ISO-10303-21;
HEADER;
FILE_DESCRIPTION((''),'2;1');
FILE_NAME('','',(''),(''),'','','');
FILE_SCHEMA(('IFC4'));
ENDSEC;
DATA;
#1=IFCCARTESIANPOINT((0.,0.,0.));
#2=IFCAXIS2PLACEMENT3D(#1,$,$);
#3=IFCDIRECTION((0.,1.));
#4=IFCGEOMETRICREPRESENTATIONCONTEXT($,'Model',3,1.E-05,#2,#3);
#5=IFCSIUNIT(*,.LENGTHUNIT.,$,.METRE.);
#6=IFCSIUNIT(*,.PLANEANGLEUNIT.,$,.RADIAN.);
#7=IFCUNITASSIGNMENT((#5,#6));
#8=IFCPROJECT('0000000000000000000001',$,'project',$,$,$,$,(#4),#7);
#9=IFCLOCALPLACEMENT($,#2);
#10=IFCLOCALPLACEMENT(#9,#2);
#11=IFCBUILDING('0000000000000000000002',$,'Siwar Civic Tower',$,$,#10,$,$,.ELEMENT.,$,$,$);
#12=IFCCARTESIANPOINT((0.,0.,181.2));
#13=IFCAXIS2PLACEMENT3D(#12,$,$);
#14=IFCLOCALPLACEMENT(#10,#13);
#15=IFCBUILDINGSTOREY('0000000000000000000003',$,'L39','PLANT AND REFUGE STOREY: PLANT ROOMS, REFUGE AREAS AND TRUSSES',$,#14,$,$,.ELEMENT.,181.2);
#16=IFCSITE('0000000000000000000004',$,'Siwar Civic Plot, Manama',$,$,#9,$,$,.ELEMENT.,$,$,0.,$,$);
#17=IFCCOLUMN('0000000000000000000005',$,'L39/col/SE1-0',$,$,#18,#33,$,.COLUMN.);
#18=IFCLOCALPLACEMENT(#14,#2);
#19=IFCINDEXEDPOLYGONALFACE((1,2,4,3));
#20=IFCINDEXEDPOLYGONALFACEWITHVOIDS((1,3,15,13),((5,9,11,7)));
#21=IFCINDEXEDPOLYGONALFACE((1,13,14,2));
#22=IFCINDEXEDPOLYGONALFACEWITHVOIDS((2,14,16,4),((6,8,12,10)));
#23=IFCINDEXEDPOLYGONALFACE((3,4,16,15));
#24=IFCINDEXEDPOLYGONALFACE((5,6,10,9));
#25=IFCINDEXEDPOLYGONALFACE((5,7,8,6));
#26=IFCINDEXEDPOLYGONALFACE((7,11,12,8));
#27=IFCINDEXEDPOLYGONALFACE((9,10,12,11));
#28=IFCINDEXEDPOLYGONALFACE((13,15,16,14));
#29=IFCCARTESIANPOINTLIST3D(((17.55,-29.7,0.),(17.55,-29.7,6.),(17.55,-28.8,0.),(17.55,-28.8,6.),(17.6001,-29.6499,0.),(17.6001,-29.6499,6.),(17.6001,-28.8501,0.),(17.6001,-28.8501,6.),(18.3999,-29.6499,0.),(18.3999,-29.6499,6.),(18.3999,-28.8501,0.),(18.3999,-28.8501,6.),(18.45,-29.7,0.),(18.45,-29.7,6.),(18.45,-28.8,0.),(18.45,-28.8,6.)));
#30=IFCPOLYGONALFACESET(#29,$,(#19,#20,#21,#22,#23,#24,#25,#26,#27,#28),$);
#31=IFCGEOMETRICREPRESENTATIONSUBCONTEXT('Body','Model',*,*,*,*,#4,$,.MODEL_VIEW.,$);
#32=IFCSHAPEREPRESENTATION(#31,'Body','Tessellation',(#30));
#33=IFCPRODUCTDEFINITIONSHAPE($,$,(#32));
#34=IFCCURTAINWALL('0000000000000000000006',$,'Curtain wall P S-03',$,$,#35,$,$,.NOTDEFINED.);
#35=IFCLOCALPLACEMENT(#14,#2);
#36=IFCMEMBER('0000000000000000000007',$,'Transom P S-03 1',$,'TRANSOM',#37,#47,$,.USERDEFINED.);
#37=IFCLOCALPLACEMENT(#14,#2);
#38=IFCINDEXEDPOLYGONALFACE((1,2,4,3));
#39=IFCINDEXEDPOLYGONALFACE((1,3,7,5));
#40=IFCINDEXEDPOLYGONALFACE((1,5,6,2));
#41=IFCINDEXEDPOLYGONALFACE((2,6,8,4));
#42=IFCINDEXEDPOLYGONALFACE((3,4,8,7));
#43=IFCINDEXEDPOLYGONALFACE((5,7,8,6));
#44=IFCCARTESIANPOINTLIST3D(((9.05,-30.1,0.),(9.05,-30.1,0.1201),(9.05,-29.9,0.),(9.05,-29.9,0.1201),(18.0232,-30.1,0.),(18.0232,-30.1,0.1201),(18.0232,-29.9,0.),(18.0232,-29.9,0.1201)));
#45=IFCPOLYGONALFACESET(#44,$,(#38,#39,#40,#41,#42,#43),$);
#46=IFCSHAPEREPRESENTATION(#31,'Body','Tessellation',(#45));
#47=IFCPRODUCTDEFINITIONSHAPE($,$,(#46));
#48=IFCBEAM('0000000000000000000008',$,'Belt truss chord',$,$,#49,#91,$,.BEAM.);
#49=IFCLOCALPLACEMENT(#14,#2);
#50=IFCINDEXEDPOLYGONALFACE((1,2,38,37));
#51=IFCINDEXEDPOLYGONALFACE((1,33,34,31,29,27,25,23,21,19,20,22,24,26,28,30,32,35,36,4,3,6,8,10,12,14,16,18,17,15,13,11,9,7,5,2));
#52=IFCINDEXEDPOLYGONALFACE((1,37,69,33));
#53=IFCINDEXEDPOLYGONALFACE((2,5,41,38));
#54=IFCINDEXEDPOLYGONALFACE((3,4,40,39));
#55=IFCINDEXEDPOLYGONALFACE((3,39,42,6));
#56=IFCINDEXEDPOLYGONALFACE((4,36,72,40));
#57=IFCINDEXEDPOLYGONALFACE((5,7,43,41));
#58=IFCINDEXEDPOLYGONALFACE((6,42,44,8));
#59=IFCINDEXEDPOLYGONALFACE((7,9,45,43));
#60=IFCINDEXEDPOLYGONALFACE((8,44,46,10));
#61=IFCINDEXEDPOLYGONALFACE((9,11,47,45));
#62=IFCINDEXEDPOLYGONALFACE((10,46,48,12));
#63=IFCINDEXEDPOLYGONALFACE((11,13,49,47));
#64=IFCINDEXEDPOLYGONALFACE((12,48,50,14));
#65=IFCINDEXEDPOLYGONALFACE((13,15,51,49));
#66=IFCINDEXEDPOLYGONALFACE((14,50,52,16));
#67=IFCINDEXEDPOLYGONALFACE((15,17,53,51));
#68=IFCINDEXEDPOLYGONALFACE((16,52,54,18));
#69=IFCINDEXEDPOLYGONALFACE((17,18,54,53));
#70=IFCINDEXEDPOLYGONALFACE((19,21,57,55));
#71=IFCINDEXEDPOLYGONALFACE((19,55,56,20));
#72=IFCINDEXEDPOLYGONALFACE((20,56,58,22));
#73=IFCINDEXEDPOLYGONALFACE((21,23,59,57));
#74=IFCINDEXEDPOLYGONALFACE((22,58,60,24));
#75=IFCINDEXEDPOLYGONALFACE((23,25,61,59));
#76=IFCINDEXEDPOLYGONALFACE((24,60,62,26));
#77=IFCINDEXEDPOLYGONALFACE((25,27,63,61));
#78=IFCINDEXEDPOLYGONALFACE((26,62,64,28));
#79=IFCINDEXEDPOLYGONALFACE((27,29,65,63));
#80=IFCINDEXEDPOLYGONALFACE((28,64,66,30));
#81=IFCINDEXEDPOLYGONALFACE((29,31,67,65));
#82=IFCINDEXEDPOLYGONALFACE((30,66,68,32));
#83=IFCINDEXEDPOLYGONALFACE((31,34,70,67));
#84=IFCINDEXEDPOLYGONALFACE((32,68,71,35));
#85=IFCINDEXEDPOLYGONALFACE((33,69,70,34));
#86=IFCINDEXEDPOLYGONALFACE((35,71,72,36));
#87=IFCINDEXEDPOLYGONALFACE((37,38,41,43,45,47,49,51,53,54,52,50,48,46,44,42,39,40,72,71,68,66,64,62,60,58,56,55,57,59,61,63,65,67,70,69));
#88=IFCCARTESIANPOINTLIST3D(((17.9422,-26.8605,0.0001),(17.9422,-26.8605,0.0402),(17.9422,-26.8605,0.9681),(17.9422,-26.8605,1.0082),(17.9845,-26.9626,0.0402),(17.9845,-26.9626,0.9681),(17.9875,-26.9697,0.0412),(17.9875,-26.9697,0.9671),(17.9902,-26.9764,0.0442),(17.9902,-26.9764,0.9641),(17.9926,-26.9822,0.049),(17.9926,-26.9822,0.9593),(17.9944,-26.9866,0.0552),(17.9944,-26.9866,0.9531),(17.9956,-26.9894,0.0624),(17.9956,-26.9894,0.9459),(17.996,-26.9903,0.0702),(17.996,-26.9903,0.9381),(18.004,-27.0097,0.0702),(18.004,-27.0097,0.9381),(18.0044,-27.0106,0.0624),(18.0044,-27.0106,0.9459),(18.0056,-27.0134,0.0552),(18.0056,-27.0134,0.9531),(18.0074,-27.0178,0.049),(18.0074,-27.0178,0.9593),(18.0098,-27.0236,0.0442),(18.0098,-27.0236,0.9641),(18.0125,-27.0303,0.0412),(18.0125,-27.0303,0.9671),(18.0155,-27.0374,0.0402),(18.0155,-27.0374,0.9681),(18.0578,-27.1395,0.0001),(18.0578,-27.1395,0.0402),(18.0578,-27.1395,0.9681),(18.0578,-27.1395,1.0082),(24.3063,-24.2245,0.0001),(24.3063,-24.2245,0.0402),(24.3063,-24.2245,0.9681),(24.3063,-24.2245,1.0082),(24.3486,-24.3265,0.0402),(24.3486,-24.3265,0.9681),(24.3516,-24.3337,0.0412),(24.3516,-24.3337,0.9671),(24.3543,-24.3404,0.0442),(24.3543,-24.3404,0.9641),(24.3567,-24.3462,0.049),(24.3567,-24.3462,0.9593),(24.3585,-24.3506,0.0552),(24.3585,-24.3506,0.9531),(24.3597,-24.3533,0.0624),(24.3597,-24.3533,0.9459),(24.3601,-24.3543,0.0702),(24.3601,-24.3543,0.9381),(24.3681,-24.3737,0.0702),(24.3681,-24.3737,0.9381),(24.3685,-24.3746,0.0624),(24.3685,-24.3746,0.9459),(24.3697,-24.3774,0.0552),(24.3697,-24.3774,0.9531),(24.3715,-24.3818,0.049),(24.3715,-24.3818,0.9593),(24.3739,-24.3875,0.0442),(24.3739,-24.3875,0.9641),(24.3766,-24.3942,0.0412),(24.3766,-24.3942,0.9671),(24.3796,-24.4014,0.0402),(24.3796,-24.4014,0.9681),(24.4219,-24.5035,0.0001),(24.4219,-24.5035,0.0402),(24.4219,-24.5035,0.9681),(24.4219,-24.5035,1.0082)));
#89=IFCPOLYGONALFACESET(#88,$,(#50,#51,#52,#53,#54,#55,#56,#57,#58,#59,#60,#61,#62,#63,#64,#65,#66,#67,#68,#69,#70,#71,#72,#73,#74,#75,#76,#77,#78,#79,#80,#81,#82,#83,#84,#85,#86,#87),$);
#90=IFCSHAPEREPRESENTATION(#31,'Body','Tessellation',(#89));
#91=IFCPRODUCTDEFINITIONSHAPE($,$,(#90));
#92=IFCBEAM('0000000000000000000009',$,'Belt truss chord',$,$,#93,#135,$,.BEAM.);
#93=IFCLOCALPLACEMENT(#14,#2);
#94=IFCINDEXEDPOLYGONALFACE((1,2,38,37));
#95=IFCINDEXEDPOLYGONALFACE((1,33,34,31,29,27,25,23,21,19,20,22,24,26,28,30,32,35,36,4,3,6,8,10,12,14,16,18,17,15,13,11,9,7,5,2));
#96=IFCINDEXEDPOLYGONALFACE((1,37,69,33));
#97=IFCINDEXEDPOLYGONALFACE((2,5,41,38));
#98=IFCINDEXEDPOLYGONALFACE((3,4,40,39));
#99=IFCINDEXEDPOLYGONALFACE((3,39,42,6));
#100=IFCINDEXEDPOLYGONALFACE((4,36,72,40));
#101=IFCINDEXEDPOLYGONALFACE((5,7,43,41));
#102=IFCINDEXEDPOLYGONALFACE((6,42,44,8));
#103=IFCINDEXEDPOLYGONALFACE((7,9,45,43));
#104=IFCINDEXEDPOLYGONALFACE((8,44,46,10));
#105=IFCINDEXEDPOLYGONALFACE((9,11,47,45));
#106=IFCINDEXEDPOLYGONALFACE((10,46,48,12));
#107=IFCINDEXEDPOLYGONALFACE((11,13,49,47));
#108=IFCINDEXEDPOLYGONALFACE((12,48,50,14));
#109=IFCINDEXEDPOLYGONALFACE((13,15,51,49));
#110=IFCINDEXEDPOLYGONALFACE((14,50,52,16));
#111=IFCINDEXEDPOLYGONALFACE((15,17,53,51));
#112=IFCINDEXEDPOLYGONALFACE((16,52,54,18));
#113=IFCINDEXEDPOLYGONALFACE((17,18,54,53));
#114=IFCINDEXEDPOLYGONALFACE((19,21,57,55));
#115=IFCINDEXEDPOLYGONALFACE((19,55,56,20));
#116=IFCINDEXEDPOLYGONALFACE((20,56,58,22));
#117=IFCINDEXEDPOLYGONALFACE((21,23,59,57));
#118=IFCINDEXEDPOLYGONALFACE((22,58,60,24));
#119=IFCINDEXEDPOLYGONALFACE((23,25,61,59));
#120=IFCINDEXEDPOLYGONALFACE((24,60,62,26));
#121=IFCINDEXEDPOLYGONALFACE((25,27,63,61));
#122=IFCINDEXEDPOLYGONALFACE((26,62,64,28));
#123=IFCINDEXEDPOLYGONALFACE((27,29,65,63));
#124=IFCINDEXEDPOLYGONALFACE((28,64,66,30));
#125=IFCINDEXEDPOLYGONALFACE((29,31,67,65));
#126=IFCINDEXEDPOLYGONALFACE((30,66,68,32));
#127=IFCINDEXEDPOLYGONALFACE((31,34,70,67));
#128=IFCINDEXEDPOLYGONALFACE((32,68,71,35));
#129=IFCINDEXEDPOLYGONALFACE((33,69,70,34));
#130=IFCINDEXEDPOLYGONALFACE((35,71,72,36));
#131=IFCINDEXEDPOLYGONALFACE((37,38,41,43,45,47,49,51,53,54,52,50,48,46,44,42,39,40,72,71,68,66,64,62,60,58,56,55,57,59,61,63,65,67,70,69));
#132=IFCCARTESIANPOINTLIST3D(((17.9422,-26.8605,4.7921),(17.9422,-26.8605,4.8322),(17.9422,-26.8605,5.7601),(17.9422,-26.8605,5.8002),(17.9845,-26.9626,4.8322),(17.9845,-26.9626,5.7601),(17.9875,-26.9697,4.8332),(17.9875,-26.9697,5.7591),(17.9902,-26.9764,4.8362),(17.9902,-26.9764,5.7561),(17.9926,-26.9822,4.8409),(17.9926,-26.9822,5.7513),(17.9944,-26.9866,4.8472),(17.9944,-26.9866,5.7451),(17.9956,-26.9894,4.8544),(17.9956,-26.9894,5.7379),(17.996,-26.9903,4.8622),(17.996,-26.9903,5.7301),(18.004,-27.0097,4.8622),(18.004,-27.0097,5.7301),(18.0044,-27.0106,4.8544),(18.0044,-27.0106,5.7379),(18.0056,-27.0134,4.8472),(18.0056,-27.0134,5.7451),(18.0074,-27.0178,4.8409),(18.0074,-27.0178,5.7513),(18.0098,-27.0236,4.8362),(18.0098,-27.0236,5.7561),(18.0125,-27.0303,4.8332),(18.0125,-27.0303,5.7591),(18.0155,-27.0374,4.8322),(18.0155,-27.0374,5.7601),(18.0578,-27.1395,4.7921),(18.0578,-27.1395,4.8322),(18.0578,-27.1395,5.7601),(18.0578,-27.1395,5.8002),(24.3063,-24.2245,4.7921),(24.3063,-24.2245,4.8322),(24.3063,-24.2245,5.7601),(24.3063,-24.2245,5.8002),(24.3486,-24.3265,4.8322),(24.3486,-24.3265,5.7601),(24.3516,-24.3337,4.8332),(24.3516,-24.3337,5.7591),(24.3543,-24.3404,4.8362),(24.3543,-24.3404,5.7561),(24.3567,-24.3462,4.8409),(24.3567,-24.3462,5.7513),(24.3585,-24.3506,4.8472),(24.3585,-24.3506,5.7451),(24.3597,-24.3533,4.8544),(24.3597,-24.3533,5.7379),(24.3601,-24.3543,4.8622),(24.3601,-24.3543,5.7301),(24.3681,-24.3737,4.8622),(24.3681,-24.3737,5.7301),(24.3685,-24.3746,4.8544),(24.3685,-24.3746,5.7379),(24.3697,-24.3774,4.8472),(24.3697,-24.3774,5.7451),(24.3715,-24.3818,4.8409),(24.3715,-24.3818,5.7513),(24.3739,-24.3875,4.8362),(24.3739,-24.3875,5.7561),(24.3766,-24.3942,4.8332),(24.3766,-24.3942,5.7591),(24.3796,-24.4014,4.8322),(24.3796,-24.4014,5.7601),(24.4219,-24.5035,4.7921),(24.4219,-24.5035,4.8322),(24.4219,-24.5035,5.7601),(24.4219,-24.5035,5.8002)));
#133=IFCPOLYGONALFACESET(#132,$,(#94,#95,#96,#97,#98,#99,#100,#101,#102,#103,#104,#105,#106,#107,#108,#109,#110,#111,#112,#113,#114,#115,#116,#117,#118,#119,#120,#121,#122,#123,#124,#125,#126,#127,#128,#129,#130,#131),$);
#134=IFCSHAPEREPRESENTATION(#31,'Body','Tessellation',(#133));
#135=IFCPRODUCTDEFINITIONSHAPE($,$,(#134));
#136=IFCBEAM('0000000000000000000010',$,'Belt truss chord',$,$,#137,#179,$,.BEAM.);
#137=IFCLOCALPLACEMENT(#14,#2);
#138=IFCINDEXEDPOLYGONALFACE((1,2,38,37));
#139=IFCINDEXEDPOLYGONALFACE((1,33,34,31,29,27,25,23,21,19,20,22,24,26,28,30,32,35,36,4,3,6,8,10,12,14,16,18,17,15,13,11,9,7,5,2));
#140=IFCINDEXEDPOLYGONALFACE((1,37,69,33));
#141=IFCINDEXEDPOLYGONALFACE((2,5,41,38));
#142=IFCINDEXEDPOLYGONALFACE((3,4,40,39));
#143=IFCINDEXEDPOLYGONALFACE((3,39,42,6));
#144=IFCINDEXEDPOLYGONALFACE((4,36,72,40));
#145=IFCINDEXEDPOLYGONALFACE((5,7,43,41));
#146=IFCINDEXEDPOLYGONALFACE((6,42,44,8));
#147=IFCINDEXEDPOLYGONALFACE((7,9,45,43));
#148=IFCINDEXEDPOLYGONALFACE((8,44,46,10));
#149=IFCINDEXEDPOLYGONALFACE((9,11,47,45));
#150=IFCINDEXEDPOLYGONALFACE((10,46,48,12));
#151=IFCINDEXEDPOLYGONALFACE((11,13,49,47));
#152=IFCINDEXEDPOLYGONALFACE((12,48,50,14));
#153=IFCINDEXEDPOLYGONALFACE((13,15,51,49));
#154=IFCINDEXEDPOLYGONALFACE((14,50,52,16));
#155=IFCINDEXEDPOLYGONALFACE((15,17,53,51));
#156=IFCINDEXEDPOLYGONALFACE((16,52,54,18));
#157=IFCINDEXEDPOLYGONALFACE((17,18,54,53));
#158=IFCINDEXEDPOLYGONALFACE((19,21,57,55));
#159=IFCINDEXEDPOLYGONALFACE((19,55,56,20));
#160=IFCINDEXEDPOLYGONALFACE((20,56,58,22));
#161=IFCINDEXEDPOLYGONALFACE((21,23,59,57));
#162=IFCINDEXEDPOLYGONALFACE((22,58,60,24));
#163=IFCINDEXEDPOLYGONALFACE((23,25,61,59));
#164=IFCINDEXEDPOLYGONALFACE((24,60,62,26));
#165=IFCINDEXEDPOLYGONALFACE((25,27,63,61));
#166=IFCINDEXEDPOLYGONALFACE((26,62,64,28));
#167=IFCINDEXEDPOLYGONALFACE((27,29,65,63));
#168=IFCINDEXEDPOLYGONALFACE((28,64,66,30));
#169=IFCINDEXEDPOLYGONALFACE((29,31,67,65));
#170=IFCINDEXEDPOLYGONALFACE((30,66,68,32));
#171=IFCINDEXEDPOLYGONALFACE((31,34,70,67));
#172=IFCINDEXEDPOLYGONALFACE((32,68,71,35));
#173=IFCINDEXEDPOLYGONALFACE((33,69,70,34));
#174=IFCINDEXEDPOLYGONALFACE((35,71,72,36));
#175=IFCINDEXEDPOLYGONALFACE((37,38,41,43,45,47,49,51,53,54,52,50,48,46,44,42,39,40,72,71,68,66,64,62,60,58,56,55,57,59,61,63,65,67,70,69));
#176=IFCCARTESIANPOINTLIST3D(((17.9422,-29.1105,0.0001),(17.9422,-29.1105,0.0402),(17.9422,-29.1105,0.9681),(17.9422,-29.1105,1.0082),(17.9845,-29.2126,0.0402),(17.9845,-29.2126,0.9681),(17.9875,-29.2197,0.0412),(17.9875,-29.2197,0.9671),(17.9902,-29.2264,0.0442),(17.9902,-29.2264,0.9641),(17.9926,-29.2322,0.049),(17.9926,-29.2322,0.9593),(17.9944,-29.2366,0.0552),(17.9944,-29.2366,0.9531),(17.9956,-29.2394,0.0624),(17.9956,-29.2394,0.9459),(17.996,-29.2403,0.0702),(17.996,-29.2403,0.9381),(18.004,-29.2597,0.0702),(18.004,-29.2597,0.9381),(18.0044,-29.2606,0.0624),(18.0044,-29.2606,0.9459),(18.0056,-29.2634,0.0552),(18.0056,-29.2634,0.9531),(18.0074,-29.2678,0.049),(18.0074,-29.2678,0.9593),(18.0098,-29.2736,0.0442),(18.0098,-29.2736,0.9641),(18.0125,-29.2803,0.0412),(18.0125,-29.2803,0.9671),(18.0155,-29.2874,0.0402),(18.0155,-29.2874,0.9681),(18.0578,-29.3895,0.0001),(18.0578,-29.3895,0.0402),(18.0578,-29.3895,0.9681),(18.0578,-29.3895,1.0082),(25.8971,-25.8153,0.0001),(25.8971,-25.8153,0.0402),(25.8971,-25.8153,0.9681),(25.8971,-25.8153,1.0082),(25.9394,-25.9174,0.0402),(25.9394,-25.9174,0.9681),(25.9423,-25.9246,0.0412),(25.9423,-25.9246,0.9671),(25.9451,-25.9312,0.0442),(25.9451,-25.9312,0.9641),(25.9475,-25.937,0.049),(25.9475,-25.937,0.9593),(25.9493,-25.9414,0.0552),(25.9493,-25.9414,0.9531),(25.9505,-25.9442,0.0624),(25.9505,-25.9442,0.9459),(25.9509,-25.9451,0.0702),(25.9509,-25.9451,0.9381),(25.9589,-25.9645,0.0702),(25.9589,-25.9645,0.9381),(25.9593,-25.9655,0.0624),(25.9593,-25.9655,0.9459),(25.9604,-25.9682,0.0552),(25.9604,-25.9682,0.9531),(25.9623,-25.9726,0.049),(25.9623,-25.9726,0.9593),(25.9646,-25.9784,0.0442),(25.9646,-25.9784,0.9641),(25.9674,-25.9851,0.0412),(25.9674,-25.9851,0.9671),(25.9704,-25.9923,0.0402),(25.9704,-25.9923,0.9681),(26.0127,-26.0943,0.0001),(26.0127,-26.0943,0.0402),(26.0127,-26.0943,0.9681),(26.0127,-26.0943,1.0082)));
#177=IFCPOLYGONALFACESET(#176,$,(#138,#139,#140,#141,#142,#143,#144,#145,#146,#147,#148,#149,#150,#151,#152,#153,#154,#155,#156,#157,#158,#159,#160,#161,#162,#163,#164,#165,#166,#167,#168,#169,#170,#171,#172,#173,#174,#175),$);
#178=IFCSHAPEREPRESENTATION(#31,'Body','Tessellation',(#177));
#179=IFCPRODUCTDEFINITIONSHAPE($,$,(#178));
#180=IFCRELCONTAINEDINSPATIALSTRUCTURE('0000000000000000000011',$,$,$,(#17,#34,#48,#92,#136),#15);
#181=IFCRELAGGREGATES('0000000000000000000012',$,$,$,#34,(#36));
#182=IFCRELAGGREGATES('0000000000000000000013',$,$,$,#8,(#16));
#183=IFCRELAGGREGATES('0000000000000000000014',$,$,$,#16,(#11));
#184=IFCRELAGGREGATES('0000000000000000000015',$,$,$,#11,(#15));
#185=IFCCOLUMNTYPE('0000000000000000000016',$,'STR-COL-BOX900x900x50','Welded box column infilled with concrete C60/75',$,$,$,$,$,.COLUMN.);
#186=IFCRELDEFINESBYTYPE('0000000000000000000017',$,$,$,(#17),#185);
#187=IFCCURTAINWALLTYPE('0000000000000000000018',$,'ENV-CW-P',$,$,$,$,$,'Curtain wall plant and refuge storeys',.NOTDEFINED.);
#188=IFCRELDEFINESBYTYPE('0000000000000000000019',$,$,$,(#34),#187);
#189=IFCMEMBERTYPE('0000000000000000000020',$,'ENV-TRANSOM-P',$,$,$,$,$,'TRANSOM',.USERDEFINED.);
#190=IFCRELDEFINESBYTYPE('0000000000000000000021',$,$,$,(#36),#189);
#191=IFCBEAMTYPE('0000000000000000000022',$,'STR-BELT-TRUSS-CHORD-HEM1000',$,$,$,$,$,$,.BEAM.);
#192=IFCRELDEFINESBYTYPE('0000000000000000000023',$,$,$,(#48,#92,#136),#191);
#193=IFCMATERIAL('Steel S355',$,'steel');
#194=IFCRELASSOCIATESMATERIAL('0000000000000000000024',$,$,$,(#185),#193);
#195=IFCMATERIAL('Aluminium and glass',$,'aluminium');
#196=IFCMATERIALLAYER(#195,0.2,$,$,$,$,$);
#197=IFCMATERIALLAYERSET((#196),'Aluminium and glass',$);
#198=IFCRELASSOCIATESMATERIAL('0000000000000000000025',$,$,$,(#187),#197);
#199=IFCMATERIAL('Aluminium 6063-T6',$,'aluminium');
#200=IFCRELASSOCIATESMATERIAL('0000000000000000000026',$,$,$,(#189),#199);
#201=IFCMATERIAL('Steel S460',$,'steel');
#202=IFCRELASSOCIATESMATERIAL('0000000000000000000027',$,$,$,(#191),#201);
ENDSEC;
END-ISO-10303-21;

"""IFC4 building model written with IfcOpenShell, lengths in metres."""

from ifc_helpers import new_model, si_unit, direction, frame, origin, origin_2d, place, context, subcontext, project, spatial, rectangle, hollow_rectangle, i_section, extrude, material, layer, layer_set, material_profile, profile_set, type_object, element, aggregate, save


model = new_model("IFC4")

# Units and contexts
model_context = context("Model", 3, precision=1e-05, world=origin(), true_north=direction((0.0, 1.0)))
body_context = subcontext(model_context, "Body", "Model", "MODEL_VIEW")
ifc_project = project(units=[si_unit("LENGTHUNIT", "METRE"), si_unit("PLANEANGLEUNIT", "RADIAN")], contexts=[model_context])

# Site, building, storey
site_placement = place(None, origin())
site = spatial("IfcSite", under=ifc_project, at=site_placement, Name="Siwar Civic Plot, Manama", CompositionType="ELEMENT", RefElevation=0.0)
building_placement = place(site_placement, origin())
building = spatial("IfcBuilding", under=site, at=building_placement, Name="Siwar Civic Tower", CompositionType="ELEMENT")
storey_placement = place(building_placement, frame((0.0, 0.0, 181.2)))
storey = spatial("IfcBuildingStorey", under=building, at=storey_placement, Name="L39", Description="PLANT AND REFUGE STOREY: PLANT ROOMS, REFUGE AREAS AND TRUSSES", CompositionType="ELEMENT", Elevation=181.2)

# Column
ifc_material_1 = material(Name="Steel S355", Category="steel")
ifc_material_profile_1 = material_profile(ifc_material_1, hollow_rectangle(XDim=0.8999, YDim=0.8999, WallThickness=0.05, at=origin_2d()), Name="BOX900x900x50")
ifc_profile_set_1 = profile_set([ifc_material_profile_1], Name="Steel S355")
column_type = type_object("IfcColumnType", Name="STR-COL-BOX900x900x50", Description="Welded box column infilled with concrete C60/75", PredefinedType="COLUMN", material=ifc_profile_set_1)
column_placement = place(storey_placement, frame((18.0, -29.25, 0.0), z_axis=(0.0, 0.0, 1.0), x_axis=(1.0, 0.0, 0.0)))
element("IfcColumn", 1, at=column_placement, inside=storey, type_object=column_type, Name="L39/col/SE1-0", PredefinedType="COLUMN", context=body_context, shape_type="SweptSolid", body=[
    extrude(hollow_rectangle(XDim=0.8999, YDim=0.8999, WallThickness=0.05, at=origin_2d()), origin(), (0.0, 0.0, 1.0), 6.0),
])

# Curtain wall, member
ifc_material_2 = material(Name="Aluminium and glass", Category="aluminium")
ifc_layer_1 = layer(ifc_material_2, 0.2)
ifc_layer_set_1 = layer_set([ifc_layer_1], Name="Aluminium and glass")
curtain_wall_type = type_object("IfcCurtainWallType", Name="ENV-CW-P", ElementType="Curtain wall plant and refuge storeys", PredefinedType="NOTDEFINED", material=ifc_layer_set_1)
curtain_wall_placement = place(storey_placement, origin())
curtain_wall = element("IfcCurtainWall", 2, at=curtain_wall_placement, inside=storey, type_object=curtain_wall_type, Name="Curtain wall P S-03", PredefinedType="NOTDEFINED")
ifc_material_3 = material(Name="Aluminium 6063-T6", Category="aluminium")
ifc_material_profile_2 = material_profile(ifc_material_3, rectangle(XDim=0.2, YDim=0.1201, at=origin_2d()), Name="AL 200x120")
ifc_profile_set_2 = profile_set([ifc_material_profile_2], Name="Aluminium 6063-T6")
member_type_1 = type_object("IfcMemberType", Name="ENV-TRANSOM-P", ElementType="TRANSOM", PredefinedType="USERDEFINED", material=ifc_profile_set_2)
member_1_placement = place(storey_placement, frame((9.05, -30.0, 0.0601), z_axis=(1.0, 0.0, 0.0), x_axis=(0.0, 1.0, 0.0)))
member_1 = element("IfcMember", 3, at=member_1_placement, type_object=member_type_1, Name="Transom P S-03 1", ObjectType="TRANSOM", PredefinedType="USERDEFINED", context=body_context, shape_type="SweptSolid", body=[
    extrude(rectangle(XDim=0.2, YDim=0.1201, at=origin_2d()), origin(), (0.0, 0.0, 1.0), 8.9731),
])

# Beams
ifc_material_4 = material(Name="Steel S460", Category="steel")
ifc_material_profile_3 = material_profile(ifc_material_4, i_section(OverallWidth=0.302, OverallDepth=1.0081, WebThickness=0.021, FlangeThickness=0.04, FilletRadius=0.03, at=origin_2d()), Name="HEM1000")
ifc_profile_set_3 = profile_set([ifc_material_profile_3], Name="Steel S460")
beam_type_1 = type_object("IfcBeamType", Name="STR-BELT-TRUSS-CHORD-HEM1000", PredefinedType="BEAM", material=ifc_profile_set_3)
for number, where, z_axis, x_axis, name in (
    (4, (18.0, -27.0, 0.5042), (0.923883, 0.382674, 0.0), (-0.382674, 0.923883, 0.0), "Belt truss chord"),
    (5, (18.0, -27.0, 5.2961), (0.923883, 0.382674, 0.0), (-0.382674, 0.923883, 0.0), "Belt truss chord"),
):
    element("IfcBeam", number, at=place(storey_placement, frame(where, z_axis=z_axis, x_axis=x_axis)), inside=storey, type_object=beam_type_1, Name=name, PredefinedType="BEAM", context=body_context, shape_type="SweptSolid", body=[
        extrude(i_section(OverallWidth=0.302, OverallDepth=1.0081, WebThickness=0.021, FlangeThickness=0.04, FilletRadius=0.03, at=origin_2d()), origin(), (0.0, 0.0, 1.0), 6.8884),
    ])
for number, where, z_axis, x_axis, name in (
    (6, (18.0, -29.25, 0.5042), (0.923873, 0.3827, 0.0), (-0.3827, 0.923873, 0.0), "Belt truss chord"),
):
    element("IfcBeam", number, at=place(storey_placement, frame(where, z_axis=z_axis, x_axis=x_axis)), inside=storey, type_object=beam_type_1, Name=name, PredefinedType="BEAM", context=body_context, shape_type="SweptSolid", body=[
        extrude(i_section(OverallWidth=0.302, OverallDepth=1.0081, WebThickness=0.021, FlangeThickness=0.04, FilletRadius=0.03, at=origin_2d()), origin(), (0.0, 0.0, 1.0), 8.6104),
    ])

aggregate(curtain_wall, [member_1])

save(model, "model.ifc")
